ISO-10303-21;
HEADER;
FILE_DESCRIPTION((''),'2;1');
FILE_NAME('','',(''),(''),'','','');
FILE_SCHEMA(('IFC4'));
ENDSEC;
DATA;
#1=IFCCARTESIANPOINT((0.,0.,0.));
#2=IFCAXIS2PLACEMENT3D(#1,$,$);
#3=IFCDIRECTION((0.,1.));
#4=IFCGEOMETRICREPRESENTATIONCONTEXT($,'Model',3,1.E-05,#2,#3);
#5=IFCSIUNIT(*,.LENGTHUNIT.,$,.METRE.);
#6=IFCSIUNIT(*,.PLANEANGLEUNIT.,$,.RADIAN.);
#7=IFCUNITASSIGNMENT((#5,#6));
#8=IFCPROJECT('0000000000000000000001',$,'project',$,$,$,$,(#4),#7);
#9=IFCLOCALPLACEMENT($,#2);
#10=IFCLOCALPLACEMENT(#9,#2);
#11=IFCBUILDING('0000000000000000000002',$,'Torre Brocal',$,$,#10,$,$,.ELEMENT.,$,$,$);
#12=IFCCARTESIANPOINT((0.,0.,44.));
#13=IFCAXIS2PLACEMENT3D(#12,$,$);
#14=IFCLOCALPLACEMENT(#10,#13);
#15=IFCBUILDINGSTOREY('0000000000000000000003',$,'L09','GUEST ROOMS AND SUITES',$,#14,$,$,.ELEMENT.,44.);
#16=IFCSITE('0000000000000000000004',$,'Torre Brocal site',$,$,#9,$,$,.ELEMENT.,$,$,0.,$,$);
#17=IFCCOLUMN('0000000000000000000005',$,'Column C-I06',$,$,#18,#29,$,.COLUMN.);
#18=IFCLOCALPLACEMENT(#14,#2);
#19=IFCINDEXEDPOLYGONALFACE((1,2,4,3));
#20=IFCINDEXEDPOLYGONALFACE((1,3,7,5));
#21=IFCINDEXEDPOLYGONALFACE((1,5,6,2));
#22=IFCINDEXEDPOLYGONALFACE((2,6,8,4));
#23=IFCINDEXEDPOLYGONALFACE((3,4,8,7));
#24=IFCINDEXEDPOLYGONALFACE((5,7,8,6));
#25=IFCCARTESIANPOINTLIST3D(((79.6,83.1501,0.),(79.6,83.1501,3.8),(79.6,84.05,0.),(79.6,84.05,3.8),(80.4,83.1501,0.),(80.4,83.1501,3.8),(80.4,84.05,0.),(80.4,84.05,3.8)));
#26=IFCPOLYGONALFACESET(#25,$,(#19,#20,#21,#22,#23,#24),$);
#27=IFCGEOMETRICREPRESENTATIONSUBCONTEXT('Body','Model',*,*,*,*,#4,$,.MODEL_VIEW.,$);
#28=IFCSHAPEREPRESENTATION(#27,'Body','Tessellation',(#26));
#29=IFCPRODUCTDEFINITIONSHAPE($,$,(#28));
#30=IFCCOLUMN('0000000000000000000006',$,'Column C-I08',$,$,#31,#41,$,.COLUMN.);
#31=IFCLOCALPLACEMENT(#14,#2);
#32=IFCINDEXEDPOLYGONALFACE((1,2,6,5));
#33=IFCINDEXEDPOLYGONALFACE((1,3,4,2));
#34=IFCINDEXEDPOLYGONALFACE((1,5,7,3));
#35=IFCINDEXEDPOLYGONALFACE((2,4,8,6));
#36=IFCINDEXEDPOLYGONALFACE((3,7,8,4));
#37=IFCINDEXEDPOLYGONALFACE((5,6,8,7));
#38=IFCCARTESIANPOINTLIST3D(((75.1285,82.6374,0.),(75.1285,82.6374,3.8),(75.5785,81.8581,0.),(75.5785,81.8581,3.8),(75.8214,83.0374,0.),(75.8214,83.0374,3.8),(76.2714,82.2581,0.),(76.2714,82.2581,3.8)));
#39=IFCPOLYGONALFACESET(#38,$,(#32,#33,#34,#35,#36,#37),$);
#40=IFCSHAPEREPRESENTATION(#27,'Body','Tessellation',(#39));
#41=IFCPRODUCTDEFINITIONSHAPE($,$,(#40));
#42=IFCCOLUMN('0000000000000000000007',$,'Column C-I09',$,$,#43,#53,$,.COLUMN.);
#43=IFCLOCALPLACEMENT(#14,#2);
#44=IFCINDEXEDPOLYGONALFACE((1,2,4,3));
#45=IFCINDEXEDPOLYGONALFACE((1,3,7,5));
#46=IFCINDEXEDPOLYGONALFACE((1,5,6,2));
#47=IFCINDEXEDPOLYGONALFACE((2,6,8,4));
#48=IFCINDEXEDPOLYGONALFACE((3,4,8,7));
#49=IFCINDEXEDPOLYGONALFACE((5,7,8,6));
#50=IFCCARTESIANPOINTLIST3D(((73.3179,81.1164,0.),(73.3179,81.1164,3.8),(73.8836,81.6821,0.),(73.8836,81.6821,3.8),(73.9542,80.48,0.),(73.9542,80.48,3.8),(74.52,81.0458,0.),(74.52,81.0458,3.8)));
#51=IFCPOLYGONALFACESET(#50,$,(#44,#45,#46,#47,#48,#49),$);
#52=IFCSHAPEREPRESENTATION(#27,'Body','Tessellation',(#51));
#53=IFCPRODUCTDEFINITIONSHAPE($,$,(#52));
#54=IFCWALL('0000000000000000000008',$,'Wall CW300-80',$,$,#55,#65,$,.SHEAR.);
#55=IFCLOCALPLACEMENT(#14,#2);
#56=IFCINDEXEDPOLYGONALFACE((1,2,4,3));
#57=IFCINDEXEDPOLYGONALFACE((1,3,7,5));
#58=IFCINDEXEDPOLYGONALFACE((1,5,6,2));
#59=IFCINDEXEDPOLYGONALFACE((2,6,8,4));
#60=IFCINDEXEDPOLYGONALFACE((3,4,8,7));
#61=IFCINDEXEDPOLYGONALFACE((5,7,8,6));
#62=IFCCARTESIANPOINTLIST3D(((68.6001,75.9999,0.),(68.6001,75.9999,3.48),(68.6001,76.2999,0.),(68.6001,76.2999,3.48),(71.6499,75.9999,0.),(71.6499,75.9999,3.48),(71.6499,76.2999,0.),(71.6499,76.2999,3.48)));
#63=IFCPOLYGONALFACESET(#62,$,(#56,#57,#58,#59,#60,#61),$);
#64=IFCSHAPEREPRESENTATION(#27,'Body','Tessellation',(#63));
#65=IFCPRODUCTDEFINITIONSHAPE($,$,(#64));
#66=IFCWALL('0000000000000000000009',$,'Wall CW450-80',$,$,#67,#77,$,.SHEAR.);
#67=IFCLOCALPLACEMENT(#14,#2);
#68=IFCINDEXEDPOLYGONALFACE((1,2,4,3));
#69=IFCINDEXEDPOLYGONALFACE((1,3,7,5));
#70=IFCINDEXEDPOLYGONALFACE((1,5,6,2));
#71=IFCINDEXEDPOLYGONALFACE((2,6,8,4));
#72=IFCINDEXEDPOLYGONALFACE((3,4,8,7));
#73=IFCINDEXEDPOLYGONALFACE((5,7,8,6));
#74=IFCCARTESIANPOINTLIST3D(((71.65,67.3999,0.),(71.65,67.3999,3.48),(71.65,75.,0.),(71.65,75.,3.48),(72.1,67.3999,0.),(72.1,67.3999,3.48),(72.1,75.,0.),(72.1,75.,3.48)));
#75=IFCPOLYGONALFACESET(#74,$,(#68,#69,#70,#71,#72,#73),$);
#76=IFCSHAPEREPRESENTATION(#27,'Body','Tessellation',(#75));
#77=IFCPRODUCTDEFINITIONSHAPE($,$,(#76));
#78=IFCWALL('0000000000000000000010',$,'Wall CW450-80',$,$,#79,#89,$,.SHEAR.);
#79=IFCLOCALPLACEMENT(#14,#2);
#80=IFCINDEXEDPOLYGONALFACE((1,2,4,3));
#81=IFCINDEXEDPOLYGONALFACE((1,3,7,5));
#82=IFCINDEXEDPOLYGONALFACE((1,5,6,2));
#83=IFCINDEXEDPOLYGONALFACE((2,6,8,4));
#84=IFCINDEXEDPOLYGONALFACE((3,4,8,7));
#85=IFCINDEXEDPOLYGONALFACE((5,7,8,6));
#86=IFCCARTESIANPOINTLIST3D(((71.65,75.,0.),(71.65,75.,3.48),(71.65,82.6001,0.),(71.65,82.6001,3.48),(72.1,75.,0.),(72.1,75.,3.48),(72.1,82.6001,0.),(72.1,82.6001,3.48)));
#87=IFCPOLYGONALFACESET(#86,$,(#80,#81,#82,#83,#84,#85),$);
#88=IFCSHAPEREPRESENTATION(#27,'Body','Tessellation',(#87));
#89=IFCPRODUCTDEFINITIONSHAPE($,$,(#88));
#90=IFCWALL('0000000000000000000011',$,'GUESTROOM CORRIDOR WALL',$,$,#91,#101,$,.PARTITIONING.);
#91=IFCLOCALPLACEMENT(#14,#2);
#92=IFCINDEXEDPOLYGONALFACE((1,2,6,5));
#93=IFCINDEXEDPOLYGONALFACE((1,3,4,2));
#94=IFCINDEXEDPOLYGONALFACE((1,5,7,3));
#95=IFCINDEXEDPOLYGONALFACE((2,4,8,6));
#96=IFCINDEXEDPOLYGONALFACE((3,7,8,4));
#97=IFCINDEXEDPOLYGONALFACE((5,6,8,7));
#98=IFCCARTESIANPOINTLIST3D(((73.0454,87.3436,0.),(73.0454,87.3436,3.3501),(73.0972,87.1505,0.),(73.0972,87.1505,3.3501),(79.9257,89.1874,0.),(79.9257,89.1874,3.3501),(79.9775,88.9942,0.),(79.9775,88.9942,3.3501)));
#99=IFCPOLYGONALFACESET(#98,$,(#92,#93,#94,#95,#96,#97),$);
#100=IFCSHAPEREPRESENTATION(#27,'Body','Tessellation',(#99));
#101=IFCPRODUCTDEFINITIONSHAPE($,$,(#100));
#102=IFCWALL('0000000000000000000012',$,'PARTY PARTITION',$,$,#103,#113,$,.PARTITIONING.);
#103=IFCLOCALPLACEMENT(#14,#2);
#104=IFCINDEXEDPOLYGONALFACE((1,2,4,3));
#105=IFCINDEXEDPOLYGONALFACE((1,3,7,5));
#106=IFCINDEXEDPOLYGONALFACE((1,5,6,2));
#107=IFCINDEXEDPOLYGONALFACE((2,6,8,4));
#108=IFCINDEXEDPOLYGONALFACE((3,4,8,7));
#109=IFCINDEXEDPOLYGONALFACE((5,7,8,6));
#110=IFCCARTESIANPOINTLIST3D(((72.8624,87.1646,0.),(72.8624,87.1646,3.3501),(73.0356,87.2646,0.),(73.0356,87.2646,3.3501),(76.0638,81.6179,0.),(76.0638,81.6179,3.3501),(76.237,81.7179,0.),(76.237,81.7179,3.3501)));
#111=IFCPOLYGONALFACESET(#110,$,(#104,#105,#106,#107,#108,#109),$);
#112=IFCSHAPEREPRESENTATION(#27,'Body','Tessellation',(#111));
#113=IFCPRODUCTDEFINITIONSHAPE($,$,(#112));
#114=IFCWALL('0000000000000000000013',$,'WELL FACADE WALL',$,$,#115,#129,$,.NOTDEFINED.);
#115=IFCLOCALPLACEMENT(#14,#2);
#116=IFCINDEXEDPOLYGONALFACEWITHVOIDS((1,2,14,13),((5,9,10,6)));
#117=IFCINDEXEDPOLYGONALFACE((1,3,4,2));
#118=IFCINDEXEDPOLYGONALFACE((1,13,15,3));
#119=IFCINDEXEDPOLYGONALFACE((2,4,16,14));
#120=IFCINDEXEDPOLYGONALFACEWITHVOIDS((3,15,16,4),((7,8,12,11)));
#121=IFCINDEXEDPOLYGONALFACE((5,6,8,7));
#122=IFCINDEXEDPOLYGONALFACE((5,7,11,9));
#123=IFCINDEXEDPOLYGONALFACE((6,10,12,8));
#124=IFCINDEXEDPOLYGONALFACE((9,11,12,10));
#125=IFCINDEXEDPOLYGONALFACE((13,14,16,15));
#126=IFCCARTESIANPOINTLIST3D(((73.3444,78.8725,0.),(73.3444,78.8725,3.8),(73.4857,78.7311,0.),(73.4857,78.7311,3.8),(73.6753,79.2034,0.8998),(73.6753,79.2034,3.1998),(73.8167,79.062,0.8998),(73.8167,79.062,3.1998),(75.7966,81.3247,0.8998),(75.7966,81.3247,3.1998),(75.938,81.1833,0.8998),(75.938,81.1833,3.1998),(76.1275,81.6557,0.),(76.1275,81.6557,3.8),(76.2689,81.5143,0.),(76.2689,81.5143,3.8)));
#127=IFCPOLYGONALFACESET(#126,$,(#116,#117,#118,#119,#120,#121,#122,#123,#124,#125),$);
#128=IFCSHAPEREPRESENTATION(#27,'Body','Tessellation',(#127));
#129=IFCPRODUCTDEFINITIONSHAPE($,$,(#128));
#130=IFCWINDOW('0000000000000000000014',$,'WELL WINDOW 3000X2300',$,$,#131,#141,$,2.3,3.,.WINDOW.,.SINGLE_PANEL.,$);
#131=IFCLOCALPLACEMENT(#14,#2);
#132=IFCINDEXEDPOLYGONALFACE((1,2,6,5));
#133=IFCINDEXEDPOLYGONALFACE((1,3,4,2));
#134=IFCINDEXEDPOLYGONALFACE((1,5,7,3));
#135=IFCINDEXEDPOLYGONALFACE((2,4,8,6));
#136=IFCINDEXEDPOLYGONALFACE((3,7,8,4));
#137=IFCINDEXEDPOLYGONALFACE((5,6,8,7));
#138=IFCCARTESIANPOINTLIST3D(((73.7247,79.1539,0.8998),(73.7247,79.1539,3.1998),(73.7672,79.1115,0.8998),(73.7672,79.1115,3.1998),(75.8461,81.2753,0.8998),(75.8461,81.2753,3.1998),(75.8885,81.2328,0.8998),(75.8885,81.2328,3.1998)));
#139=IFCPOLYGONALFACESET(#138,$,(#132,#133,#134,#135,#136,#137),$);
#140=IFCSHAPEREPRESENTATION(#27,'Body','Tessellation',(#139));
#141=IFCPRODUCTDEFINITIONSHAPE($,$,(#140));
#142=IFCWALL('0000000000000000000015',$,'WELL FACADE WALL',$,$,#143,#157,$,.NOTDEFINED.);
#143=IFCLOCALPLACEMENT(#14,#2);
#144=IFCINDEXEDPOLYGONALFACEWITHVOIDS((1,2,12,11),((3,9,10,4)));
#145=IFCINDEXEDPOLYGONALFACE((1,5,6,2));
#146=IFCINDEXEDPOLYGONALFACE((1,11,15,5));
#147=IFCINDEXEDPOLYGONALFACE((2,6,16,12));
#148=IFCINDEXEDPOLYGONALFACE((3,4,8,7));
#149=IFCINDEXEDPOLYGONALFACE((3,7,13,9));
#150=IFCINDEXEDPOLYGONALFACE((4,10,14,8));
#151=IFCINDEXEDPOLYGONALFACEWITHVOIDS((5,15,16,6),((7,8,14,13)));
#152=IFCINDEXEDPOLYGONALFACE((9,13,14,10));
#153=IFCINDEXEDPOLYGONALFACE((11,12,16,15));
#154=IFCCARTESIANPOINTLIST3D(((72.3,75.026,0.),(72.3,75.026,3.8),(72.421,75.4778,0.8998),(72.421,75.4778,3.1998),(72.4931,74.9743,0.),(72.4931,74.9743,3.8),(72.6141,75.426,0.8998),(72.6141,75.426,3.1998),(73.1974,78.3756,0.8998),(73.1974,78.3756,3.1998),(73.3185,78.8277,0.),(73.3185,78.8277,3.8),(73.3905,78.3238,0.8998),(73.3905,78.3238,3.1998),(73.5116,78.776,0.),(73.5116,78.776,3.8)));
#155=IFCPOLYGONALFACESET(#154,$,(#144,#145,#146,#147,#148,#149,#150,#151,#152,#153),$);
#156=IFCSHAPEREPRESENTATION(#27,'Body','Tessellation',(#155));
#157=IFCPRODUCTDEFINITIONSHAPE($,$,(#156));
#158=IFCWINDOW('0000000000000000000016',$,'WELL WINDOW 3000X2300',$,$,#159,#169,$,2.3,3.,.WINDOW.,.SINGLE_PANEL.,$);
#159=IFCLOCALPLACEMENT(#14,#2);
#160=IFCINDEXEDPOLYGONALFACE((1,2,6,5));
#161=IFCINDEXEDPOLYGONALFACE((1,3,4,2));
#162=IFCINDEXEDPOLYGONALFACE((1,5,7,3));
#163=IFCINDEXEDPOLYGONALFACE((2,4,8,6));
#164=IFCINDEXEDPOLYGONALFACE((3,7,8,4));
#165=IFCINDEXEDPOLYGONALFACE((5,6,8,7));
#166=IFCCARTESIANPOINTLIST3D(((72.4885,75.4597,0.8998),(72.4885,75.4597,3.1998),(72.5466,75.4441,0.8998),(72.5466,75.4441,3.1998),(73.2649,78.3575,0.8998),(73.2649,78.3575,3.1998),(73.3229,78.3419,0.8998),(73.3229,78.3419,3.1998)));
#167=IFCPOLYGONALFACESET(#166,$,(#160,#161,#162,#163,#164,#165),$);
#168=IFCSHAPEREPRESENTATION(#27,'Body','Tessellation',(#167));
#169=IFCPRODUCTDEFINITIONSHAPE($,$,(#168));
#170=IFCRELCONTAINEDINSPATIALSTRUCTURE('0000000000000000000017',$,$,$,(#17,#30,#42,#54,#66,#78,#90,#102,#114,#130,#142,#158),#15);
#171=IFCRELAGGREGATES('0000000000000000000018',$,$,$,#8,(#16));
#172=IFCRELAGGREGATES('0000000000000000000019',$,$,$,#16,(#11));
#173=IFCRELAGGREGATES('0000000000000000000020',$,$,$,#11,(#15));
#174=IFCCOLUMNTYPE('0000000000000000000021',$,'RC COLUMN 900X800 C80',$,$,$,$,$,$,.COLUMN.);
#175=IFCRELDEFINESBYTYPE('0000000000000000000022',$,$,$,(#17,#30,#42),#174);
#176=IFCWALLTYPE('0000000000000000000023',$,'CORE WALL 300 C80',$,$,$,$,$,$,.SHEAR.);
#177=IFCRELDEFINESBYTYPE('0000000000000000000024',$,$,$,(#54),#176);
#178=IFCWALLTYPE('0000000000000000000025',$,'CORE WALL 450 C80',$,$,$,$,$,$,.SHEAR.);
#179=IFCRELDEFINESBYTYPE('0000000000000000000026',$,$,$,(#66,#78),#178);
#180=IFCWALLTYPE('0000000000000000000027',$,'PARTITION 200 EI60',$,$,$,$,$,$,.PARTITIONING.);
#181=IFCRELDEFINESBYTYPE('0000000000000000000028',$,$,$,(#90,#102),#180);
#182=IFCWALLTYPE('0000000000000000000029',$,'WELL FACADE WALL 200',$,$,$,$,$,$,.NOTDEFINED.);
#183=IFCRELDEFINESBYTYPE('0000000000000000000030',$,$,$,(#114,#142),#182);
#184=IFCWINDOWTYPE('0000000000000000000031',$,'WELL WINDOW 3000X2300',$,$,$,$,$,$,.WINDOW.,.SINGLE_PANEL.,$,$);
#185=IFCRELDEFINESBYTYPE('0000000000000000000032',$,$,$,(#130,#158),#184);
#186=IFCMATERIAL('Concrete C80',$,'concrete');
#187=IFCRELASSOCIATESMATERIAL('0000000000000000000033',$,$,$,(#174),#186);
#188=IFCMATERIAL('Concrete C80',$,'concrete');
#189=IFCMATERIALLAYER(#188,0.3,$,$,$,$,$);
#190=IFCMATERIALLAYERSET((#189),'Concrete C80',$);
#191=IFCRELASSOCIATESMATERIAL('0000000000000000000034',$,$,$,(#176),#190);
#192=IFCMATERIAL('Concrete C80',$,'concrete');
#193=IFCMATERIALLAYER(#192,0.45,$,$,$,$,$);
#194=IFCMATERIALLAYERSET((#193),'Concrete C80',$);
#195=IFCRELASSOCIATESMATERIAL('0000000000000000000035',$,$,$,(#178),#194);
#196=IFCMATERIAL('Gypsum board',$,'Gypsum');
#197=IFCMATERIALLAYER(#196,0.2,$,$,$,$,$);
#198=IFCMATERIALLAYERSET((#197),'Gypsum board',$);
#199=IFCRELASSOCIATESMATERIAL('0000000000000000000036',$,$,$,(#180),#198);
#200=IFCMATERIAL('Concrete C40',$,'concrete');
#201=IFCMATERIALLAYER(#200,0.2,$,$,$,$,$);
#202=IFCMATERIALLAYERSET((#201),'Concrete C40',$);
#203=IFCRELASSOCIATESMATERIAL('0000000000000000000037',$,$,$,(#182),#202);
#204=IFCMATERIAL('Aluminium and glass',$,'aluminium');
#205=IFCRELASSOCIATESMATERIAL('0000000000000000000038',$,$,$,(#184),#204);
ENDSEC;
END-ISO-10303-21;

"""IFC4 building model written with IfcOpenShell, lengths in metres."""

from ifc_helpers import new_model, si_unit, direction, frame, frame_2d, origin, origin_2d, place, context, subcontext, project, spatial, rectangle, extrude, material, layer, layer_set, material_profile, profile_set, type_object, element, fill, save


model = new_model("IFC4")

# Units and contexts
model_context = context("Model", 3, precision=1e-05, world=origin(), true_north=direction((0.0, 1.0)))
body_context = subcontext(model_context, "Body", "Model", "MODEL_VIEW")
ifc_project = project(units=[si_unit("LENGTHUNIT", "METRE"), si_unit("PLANEANGLEUNIT", "RADIAN")], contexts=[model_context])

# Site, building, storey
site_placement = place(None, origin())
site = spatial("IfcSite", under=ifc_project, at=site_placement, Name="Torre Brocal site", CompositionType="ELEMENT", RefElevation=0.0)
building_placement = place(site_placement, origin())
building = spatial("IfcBuilding", under=site, at=building_placement, Name="Torre Brocal", CompositionType="ELEMENT")
storey_placement = place(building_placement, frame((0.0, 0.0, 44.0)))
storey = spatial("IfcBuildingStorey", under=building, at=storey_placement, Name="L09", Description="GUEST ROOMS AND SUITES", CompositionType="ELEMENT", Elevation=44.0)

# Columns
ifc_material_1 = material(Name="Concrete C80", Category="concrete")
ifc_material_profile = material_profile(ifc_material_1, rectangle(XDim=0.8999, YDim=0.8, at=origin_2d()), Name="RC 900X800")
ifc_profile_set = profile_set([ifc_material_profile], Name="Concrete C80")
column_type = type_object("IfcColumnType", Name="RC COLUMN 900X800 C80", PredefinedType="COLUMN", material=ifc_profile_set)
for number, where, z_axis, x_axis, name in (
    (1, (80.0, 83.6001, 0.0), (0.0, 0.0, 1.0), (0.0, 1.0, 0.0), "Column C-I06"),
    (2, (75.7, 82.4478, 0.0), (0.0, 0.0, 1.0), (-0.5, 0.866025, 0.0), "Column C-I08"),
    (3, (73.9189, 81.0811, 0.0), (0.0, 0.0, 1.0), (-0.707107, 0.707107, 0.0), "Column C-I09"),
):
    element("IfcColumn", number, at=place(storey_placement, frame(where, z_axis=z_axis, x_axis=x_axis)), inside=storey, type_object=column_type, Name=name, PredefinedType="COLUMN", context=body_context, shape_type="SweptSolid", body=[
        extrude(rectangle(XDim=0.8999, YDim=0.8, at=origin_2d()), origin(), (0.0, 0.0, 1.0), 3.8),
    ])

# Walls
ifc_material_2 = material(Name="Concrete C80", Category="concrete")
ifc_layer_1 = layer(ifc_material_2, 0.3)
ifc_layer_set_1 = layer_set([ifc_layer_1], Name="Concrete C80")
wall_type_1 = type_object("IfcWallType", Name="CORE WALL 300 C80", PredefinedType="SHEAR", material=ifc_layer_set_1)
wall_1_placement = place(storey_placement, frame((71.6499, 76.1499, 0.0), z_axis=(0.0, 0.0, 1.0), x_axis=(-1.0, 0.0, 0.0)))
element("IfcWall", 4, at=wall_1_placement, inside=storey, type_object=wall_type_1, Name="Wall CW300-80", PredefinedType="SHEAR", context=body_context, shape_type="SweptSolid", body=[
    extrude(rectangle(XDim=3.0498, YDim=0.3, at=frame_2d((1.5249, 0.0))), origin(), (0.0, 0.0, 1.0), 3.48),
])
ifc_material_3 = material(Name="Concrete C80", Category="concrete")
ifc_layer_2 = layer(ifc_material_3, 0.45)
ifc_layer_set_2 = layer_set([ifc_layer_2], Name="Concrete C80")
wall_type_2 = type_object("IfcWallType", Name="CORE WALL 450 C80", PredefinedType="SHEAR", material=ifc_layer_set_2)
for number, where, z_axis, x_axis, name in (
    (5, (71.875, 75.0, 0.0), (0.0, 0.0, 1.0), (0.0, -1.0, 0.0), "Wall CW450-80"),
    (6, (71.875, 82.6001, 0.0), (0.0, 0.0, 1.0), (0.0, -1.0, 0.0), "Wall CW450-80"),
):
    element("IfcWall", number, at=place(storey_placement, frame(where, z_axis=z_axis, x_axis=x_axis)), inside=storey, type_object=wall_type_2, Name=name, PredefinedType="SHEAR", context=body_context, shape_type="SweptSolid", body=[
        extrude(rectangle(XDim=7.6001, YDim=0.45, at=frame_2d((3.8, 0.0))), origin(), (0.0, 0.0, 1.0), 3.48),
    ])

# Walls
ifc_material_4 = material(Name="Gypsum board", Category="Gypsum")
ifc_layer_3 = layer(ifc_material_4, 0.2)
ifc_layer_set_3 = layer_set([ifc_layer_3], Name="Gypsum board")
wall_type_3 = type_object("IfcWallType", Name="PARTITION 200 EI60", PredefinedType="PARTITIONING", material=ifc_layer_set_3)
wall_2_placement = place(storey_placement, frame((73.0713, 87.2471, 0.0), z_axis=(0.0, 0.0, 1.0), x_axis=(0.96592, 0.25884, 0.0)))
element("IfcWall", 7, at=wall_2_placement, inside=storey, type_object=wall_type_3, Name="GUESTROOM CORRIDOR WALL", PredefinedType="PARTITIONING", context=body_context, shape_type="SweptSolid", body=[
    extrude(rectangle(XDim=7.123, YDim=0.2, at=frame_2d((3.5615, 0.0))), origin(), (0.0, 0.0, 1.0), 3.3501),
])
wall_3_placement = place(storey_placement, frame((72.949, 87.2146, 0.0), z_axis=(0.0, 0.0, 1.0), x_axis=(0.499891, -0.866088, 0.0)))
element("IfcWall", 8, at=wall_3_placement, inside=storey, type_object=wall_type_3, Name="PARTY PARTITION", PredefinedType="PARTITIONING", context=body_context, shape_type="SweptSolid", body=[
    extrude(rectangle(XDim=6.4043, YDim=0.2, at=frame_2d((3.2021, 0.0))), origin(), (0.0, 0.0, 1.0), 3.3501),
])

# Walls, openings, windows
ifc_material_5 = material(Name="Concrete C40", Category="concrete")
ifc_layer_4 = layer(ifc_material_5, 0.2)
ifc_layer_set_4 = layer_set([ifc_layer_4], Name="Concrete C40")
wall_type_4 = type_object("IfcWallType", Name="WELL FACADE WALL 200", PredefinedType="NOTDEFINED", material=ifc_layer_set_4)
wall_4_placement = place(storey_placement, frame((76.1982, 81.585, 0.0), z_axis=(0.0, 0.0, 1.0), x_axis=(-0.707107, -0.707107, 0.0)))
wall_4 = element("IfcWall", 9, at=wall_4_placement, inside=storey, type_object=wall_type_4, Name="WELL FACADE WALL", PredefinedType="NOTDEFINED", context=body_context, shape_type="SweptSolid", body=[
    extrude(rectangle(XDim=3.936, YDim=0.2, at=frame_2d((1.968, 0.0))), origin(), (0.0, 0.0, 1.0), 3.8),
])
opening_1_placement = place(wall_4_placement, frame((0.468, 0.0, 0.8999)))
opening_1 = element("IfcOpeningElement", 10, at=opening_1_placement, cuts=wall_4, PredefinedType="OPENING", context=body_context, shape_type="SweptSolid", body=[
    extrude(rectangle(XDim=3.0, YDim=2.3, at=frame_2d((1.5, 1.1499))), frame((0.0, 0.1099, 0.0), z_axis=(0.0, -1.0, 0.0), x_axis=(1.0, 0.0, 0.0)), (0.0, 0.0, 1.0), 0.22),
])
ifc_material_6 = material(Name="Aluminium and glass", Category="aluminium")
window_type = type_object("IfcWindowType", Name="WELL WINDOW 3000X2300", PartitioningType="SINGLE_PANEL", PredefinedType="WINDOW", material=ifc_material_6)
window_1_placement = place(opening_1_placement, origin())
window_1 = element("IfcWindow", 11, at=window_1_placement, inside=storey, type_object=window_type, Name="WELL WINDOW 3000X2300", OverallHeight=2.3, OverallWidth=3.0, PartitioningType="SINGLE_PANEL", PredefinedType="WINDOW", context=body_context, shape_type="SweptSolid", body=[
    extrude(rectangle(XDim=3.0, YDim=2.3, at=frame_2d((1.5, 1.1499))), frame((0.0, 0.03, 0.0), z_axis=(0.0, -1.0, 0.0), x_axis=(1.0, 0.0, 0.0)), (0.0, 0.0, 1.0), 0.0601),
])
fill(opening_1, window_1)
wall_5_placement = place(storey_placement, frame((73.415, 78.8018, 0.0), z_axis=(0.0, 0.0, 1.0), x_axis=(-0.25879, -0.965934, 0.0)))
wall_5 = element("IfcWall", 12, at=wall_5_placement, inside=storey, type_object=wall_type_4, Name="WELL FACADE WALL", PredefinedType="NOTDEFINED", context=body_context, shape_type="SweptSolid", body=[
    extrude(rectangle(XDim=3.9358, YDim=0.2, at=frame_2d((1.9678, 0.0))), origin(), (0.0, 0.0, 1.0), 3.8),
])
opening_2_placement = place(wall_5_placement, frame((0.468, 0.0, 0.8999)))
opening_2 = element("IfcOpeningElement", 13, at=opening_2_placement, cuts=wall_5, PredefinedType="OPENING", context=body_context, shape_type="SweptSolid", body=[
    extrude(rectangle(XDim=3.0, YDim=2.3, at=frame_2d((1.5, 1.1499))), frame((0.0, 0.1099, 0.0), z_axis=(0.0, -1.0, 0.0), x_axis=(1.0, 0.0, 0.0)), (0.0, 0.0, 1.0), 0.22),
])
window_2_placement = place(opening_2_placement, origin())
window_2 = element("IfcWindow", 14, at=window_2_placement, inside=storey, type_object=window_type, Name="WELL WINDOW 3000X2300", OverallHeight=2.3, OverallWidth=3.0, PartitioningType="SINGLE_PANEL", PredefinedType="WINDOW", context=body_context, shape_type="SweptSolid", body=[
    extrude(rectangle(XDim=3.0, YDim=2.3, at=frame_2d((1.5, 1.1499))), frame((0.0, 0.03, 0.0), z_axis=(0.0, -1.0, 0.0), x_axis=(1.0, 0.0, 0.0)), (0.0, 0.0, 1.0), 0.0601),
])
fill(opening_2, window_2)

save(model, "model.ifc")
